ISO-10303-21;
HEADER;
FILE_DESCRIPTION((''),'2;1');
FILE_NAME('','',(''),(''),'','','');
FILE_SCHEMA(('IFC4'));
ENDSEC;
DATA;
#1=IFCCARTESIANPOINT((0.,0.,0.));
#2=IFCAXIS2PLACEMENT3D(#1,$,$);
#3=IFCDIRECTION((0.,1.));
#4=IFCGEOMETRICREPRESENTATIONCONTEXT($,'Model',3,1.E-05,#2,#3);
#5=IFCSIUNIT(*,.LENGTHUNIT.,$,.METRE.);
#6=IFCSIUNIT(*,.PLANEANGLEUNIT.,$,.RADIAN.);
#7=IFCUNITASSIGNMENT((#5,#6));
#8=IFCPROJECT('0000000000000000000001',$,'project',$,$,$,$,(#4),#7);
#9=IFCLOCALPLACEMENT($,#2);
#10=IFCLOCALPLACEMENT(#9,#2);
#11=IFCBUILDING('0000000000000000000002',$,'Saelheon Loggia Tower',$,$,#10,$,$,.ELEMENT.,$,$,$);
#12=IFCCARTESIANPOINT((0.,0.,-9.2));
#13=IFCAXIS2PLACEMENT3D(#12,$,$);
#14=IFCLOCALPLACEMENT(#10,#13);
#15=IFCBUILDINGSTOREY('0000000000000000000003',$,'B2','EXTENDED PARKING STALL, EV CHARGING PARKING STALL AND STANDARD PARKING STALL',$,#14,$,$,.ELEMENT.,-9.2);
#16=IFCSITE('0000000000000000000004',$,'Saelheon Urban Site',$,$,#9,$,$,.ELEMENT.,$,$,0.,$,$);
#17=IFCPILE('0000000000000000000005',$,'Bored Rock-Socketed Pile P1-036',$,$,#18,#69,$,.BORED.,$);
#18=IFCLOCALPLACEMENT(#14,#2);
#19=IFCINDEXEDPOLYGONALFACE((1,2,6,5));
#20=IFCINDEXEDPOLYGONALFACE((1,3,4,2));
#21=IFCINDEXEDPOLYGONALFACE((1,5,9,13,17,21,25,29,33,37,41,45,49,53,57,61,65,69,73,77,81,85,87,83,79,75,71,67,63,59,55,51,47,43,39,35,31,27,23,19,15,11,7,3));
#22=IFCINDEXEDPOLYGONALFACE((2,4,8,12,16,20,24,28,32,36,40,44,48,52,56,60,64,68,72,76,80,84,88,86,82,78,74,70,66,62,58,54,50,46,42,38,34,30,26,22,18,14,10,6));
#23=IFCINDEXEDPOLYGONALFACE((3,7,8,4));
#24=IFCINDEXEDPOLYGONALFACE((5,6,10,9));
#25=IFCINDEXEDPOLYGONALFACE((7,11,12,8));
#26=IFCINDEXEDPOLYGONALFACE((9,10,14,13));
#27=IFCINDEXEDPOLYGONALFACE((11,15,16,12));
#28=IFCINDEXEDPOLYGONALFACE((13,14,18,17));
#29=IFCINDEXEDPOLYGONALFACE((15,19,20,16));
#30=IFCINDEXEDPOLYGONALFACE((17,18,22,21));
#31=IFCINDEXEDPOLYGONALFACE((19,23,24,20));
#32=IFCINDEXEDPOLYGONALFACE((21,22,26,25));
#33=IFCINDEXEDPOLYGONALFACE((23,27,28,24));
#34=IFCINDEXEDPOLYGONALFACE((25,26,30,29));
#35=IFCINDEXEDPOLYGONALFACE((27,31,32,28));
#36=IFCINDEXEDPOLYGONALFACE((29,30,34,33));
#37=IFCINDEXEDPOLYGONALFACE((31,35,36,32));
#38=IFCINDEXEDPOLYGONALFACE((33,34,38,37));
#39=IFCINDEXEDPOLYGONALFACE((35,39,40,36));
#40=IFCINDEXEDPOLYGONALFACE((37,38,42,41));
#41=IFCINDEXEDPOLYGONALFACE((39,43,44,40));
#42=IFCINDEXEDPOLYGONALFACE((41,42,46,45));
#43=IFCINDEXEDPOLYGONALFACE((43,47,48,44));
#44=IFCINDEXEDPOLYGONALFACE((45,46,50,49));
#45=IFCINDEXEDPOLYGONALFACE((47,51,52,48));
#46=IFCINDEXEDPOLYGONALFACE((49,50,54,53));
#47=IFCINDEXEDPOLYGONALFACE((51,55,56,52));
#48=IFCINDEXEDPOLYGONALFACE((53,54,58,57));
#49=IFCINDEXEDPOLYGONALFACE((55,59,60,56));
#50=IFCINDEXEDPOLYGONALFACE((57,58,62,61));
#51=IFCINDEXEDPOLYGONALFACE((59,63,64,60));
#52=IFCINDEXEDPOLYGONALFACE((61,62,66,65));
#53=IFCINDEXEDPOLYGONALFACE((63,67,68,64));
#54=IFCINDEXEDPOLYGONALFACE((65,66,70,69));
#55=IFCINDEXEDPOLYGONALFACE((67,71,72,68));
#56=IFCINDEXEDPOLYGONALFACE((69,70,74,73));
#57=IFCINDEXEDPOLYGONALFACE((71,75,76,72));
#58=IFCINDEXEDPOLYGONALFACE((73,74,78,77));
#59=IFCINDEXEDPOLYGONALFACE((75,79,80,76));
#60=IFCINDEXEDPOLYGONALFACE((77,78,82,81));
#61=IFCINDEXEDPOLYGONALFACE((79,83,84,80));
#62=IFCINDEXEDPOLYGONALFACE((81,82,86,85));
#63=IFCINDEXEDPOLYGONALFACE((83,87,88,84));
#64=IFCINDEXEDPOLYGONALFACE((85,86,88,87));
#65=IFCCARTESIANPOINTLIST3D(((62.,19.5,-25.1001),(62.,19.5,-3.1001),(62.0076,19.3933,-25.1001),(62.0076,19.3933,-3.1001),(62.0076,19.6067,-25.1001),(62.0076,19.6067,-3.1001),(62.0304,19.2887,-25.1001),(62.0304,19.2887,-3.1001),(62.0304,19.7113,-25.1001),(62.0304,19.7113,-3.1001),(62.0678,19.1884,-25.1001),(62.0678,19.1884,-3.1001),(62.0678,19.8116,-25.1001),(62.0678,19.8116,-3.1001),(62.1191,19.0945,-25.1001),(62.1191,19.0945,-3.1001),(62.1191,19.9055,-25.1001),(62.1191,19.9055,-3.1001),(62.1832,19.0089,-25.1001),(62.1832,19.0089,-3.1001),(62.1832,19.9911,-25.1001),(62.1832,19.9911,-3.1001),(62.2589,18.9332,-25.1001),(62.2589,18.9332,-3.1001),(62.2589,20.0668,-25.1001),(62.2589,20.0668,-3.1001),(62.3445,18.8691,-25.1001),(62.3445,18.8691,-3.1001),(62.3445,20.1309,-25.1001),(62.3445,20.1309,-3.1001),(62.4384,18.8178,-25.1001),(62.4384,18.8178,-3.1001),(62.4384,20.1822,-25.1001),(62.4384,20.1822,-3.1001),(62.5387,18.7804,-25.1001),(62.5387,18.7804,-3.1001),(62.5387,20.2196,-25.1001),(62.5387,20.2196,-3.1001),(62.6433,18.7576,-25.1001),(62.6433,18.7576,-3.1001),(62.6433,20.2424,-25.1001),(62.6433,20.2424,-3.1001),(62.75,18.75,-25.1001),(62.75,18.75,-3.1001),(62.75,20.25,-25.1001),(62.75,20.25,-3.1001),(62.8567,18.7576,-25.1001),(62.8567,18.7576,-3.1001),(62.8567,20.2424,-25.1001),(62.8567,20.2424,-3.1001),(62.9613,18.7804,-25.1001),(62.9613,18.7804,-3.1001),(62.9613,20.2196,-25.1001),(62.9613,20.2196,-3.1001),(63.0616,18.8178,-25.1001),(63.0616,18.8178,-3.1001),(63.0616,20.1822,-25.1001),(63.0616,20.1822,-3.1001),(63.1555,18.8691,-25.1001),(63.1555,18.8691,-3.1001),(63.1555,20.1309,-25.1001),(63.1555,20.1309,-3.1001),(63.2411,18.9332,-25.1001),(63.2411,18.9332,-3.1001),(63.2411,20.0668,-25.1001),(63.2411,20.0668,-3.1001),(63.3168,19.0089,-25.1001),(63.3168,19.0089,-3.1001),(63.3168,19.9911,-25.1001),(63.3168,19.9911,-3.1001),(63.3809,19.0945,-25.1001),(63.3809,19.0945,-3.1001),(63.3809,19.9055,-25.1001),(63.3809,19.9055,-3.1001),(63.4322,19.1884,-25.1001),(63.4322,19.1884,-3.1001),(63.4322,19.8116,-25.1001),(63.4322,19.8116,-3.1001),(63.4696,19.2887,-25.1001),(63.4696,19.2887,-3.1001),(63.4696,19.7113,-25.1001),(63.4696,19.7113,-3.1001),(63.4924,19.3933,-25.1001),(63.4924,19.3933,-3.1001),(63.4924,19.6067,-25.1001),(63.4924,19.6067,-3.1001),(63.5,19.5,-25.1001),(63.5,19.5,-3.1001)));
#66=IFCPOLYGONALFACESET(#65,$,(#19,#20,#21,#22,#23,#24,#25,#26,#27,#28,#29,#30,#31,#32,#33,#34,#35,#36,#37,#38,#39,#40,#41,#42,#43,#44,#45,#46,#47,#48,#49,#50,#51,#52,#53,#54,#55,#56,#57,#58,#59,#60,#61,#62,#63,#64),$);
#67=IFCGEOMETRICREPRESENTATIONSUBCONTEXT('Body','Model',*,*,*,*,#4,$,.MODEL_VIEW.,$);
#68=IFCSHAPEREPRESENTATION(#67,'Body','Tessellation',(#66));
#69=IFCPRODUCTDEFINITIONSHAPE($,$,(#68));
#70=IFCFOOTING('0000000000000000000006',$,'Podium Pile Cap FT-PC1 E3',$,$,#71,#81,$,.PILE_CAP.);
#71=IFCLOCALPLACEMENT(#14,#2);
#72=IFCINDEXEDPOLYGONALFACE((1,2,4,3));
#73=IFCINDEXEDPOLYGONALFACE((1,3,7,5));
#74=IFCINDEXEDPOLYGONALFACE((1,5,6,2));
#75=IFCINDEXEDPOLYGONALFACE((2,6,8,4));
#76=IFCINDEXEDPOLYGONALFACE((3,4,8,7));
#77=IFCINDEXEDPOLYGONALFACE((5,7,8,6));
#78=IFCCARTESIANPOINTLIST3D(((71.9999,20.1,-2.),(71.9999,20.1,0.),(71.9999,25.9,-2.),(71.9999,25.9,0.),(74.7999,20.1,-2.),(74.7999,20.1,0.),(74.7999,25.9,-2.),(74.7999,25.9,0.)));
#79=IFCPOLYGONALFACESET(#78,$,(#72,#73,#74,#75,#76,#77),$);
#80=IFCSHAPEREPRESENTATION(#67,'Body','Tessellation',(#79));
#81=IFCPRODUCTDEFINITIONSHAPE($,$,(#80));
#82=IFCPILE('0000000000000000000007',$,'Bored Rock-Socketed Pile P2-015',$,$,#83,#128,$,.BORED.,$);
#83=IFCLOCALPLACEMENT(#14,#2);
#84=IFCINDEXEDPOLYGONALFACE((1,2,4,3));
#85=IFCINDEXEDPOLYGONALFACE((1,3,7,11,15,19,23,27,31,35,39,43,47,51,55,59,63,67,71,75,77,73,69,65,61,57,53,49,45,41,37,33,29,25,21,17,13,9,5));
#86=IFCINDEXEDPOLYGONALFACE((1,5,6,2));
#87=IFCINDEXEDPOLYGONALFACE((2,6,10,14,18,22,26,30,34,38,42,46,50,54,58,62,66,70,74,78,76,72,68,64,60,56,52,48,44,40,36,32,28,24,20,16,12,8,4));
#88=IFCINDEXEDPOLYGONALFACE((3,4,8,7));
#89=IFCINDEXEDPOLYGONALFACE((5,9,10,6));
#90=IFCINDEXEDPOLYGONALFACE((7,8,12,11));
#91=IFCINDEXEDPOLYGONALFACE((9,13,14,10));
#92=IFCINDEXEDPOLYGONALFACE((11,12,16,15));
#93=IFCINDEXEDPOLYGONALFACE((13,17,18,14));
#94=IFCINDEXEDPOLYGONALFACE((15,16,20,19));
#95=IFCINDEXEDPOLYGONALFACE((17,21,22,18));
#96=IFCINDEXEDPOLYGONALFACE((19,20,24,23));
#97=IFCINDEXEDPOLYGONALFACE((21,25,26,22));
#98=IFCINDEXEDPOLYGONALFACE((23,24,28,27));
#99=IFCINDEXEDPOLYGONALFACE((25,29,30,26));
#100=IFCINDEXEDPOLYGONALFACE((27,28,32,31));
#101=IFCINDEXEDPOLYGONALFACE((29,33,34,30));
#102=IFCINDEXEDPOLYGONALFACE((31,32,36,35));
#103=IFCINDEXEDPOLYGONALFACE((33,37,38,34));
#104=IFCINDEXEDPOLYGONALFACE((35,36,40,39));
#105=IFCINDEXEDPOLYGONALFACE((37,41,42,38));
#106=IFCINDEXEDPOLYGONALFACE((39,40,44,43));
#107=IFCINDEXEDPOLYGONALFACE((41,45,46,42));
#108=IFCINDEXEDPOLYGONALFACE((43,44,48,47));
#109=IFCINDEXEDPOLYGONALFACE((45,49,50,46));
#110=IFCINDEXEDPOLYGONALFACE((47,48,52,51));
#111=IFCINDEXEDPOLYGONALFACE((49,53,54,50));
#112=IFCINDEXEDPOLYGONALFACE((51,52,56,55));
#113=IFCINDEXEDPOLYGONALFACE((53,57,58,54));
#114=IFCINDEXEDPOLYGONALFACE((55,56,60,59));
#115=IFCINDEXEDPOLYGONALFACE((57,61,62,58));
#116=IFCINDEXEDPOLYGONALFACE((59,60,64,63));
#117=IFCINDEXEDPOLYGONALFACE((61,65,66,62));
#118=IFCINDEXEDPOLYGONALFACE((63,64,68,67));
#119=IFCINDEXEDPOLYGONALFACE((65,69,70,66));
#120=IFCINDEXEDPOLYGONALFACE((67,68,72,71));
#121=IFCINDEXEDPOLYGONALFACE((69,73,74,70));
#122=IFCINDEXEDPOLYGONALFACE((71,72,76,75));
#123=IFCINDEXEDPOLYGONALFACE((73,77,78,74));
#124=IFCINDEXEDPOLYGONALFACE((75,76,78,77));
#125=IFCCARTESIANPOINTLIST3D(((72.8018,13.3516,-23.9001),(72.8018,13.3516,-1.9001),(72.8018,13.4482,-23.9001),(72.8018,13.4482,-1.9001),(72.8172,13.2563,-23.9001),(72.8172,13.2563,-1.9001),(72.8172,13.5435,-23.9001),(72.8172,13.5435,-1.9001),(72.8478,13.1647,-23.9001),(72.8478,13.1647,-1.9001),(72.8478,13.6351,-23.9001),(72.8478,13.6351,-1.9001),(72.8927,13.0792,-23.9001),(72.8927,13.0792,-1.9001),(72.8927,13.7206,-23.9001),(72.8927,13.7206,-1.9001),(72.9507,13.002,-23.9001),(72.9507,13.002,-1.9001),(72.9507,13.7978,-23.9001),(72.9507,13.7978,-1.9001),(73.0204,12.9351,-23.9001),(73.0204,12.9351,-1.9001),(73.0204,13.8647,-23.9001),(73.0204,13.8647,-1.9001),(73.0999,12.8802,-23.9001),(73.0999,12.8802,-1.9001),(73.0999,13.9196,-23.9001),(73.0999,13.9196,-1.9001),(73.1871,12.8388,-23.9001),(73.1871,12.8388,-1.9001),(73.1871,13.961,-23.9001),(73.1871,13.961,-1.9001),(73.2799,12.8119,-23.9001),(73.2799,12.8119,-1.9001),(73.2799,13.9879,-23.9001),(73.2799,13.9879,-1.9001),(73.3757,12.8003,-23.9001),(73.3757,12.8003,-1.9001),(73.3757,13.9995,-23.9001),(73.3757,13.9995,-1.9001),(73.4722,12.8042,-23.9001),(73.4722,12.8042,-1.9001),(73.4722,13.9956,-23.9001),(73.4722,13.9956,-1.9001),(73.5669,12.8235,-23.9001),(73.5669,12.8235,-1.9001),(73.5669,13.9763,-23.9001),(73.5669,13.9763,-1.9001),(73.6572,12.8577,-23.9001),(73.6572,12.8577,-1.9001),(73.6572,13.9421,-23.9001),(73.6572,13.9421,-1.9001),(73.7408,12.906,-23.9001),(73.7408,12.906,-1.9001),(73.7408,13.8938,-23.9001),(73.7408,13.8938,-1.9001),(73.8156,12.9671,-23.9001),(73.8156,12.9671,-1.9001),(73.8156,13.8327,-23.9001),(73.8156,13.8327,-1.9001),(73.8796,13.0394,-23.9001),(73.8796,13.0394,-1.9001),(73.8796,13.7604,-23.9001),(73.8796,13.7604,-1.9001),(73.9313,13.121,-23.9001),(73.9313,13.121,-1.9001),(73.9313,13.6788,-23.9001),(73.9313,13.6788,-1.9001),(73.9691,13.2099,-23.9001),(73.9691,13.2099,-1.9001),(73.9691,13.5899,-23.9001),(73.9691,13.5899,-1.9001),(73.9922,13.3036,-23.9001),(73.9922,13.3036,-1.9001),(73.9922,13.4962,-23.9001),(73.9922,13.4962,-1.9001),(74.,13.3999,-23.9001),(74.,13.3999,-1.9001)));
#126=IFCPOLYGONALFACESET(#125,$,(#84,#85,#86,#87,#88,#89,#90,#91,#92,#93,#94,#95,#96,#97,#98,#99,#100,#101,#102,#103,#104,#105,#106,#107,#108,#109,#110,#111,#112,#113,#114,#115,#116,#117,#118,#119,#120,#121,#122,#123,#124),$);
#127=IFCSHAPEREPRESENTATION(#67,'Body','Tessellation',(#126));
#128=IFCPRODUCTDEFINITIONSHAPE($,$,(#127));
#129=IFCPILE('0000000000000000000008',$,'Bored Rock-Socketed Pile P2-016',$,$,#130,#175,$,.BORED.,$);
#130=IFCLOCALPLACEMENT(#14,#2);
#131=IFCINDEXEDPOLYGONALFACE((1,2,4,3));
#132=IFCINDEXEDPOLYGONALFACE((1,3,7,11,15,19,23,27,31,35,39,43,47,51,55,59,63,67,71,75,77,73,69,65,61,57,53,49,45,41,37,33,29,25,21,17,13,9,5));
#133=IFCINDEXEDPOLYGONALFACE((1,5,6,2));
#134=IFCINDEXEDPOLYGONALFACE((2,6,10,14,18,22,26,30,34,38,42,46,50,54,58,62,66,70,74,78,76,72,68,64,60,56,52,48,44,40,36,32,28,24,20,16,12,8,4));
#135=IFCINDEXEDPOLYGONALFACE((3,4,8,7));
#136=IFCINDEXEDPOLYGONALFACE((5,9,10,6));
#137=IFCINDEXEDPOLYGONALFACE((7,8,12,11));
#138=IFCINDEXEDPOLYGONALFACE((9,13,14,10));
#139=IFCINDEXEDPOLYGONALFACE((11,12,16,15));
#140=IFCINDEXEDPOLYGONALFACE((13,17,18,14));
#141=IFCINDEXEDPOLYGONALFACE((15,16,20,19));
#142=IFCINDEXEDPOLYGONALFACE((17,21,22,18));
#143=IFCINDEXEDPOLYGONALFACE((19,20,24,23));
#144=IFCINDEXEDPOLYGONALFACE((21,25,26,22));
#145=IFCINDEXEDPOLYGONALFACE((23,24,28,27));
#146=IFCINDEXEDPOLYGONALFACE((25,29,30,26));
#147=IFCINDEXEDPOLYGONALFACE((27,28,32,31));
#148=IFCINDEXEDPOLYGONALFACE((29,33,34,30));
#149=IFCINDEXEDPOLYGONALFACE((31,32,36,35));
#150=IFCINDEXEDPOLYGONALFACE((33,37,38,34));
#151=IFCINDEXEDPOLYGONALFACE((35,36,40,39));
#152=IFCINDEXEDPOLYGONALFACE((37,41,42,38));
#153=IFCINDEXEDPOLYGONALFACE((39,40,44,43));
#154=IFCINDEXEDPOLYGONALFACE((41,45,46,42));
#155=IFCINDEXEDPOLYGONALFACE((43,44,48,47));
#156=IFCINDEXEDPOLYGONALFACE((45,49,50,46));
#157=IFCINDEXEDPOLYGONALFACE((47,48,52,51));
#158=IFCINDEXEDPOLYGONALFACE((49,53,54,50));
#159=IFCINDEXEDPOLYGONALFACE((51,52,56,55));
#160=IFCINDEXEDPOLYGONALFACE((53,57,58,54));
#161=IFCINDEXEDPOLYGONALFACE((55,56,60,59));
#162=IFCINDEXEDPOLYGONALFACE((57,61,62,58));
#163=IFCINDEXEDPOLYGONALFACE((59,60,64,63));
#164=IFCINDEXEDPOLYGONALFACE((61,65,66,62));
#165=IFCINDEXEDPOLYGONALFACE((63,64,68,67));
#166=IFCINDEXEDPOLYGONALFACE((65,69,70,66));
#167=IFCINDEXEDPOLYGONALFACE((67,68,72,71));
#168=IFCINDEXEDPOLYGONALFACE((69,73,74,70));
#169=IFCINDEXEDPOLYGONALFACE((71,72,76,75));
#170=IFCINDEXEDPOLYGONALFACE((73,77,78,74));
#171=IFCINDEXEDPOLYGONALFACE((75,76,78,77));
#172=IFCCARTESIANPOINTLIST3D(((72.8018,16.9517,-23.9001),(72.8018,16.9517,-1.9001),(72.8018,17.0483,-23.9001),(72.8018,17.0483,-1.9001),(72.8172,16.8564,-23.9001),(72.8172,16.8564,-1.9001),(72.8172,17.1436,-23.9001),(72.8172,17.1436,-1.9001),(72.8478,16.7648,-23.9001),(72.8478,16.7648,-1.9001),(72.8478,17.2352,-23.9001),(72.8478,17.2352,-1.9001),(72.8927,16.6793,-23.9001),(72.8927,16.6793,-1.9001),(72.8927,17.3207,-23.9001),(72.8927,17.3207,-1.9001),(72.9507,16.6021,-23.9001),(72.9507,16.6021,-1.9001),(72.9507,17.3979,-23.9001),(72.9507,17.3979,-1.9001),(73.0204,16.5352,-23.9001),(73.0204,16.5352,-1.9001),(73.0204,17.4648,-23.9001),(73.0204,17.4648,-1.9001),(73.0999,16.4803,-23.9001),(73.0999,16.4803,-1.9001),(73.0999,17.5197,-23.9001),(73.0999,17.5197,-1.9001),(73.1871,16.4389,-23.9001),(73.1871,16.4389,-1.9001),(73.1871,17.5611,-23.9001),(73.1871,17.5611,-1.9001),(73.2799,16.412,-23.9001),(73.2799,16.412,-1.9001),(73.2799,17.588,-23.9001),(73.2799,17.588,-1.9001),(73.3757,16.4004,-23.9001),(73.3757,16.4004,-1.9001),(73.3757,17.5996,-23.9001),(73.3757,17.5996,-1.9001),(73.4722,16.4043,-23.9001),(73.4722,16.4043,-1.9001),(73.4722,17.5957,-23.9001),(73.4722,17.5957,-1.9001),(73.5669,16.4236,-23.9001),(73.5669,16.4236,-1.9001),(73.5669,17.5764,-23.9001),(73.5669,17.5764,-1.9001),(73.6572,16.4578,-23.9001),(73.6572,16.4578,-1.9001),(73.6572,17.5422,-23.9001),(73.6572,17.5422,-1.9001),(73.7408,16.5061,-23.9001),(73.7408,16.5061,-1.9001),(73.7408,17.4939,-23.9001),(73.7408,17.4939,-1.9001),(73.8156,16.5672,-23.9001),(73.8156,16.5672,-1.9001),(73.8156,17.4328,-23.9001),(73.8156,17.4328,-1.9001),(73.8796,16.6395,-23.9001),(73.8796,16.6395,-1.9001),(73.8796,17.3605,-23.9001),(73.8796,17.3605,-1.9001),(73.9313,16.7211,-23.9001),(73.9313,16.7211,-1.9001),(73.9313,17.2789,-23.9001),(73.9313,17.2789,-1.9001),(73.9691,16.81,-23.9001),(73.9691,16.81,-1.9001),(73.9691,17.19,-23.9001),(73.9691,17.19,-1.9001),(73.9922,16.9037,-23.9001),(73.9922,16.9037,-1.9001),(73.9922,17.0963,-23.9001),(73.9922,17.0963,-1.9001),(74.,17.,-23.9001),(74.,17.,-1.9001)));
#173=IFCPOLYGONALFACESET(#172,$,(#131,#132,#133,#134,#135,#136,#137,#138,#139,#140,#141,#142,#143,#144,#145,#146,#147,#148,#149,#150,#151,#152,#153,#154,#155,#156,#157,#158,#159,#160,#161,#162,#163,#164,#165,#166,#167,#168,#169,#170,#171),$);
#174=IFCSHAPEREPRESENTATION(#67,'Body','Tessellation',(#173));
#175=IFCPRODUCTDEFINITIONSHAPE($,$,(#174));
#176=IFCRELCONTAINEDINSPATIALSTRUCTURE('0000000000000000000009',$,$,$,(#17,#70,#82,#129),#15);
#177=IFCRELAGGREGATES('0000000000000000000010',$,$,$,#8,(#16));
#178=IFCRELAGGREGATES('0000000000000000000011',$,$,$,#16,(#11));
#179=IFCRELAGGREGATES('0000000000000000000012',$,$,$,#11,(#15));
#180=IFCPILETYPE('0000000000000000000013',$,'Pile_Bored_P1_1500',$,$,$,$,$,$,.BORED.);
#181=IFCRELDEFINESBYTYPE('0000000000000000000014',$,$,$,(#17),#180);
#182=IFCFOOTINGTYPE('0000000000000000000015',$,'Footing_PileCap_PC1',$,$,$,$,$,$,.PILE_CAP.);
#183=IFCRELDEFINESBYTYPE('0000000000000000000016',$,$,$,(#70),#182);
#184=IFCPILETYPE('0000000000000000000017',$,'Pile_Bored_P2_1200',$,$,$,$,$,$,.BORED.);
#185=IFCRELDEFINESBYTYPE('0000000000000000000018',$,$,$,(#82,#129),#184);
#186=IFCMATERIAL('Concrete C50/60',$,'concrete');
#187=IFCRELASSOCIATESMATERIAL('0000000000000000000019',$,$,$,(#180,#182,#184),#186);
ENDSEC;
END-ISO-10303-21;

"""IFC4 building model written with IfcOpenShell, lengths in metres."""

from ifc_helpers import new_model, si_unit, direction, frame, origin, origin_2d, place, context, subcontext, project, spatial, rectangle, circle, extrude, source, transform, mapped, material, material_profile, profile_set, type_object, element, save


model = new_model("IFC4")

# Units and contexts
model_context = context("Model", 3, precision=1e-05, world=origin(), true_north=direction((0.0, 1.0)))
body_context = subcontext(model_context, "Body", "Model", "MODEL_VIEW")
ifc_project = project(units=[si_unit("LENGTHUNIT", "METRE"), si_unit("PLANEANGLEUNIT", "RADIAN")], contexts=[model_context])

# Site, building, storey
site_placement = place(None, origin())
site = spatial("IfcSite", under=ifc_project, at=site_placement, Name="Saelheon Urban Site", CompositionType="ELEMENT", RefElevation=0.0)
building_placement = place(site_placement, origin())
building = spatial("IfcBuilding", under=site, at=building_placement, Name="Saelheon Loggia Tower", CompositionType="ELEMENT")
storey_placement = place(building_placement, frame((0.0, 0.0, -9.2)))
storey = spatial("IfcBuildingStorey", under=building, at=storey_placement, Name="B2", Description="EXTENDED PARKING STALL, EV CHARGING PARKING STALL AND STANDARD PARKING STALL", CompositionType="ELEMENT", Elevation=-9.2)

# Pile
ifc_material_1 = material(Name="Concrete C50/60", Category="concrete")
ifc_material_profile_1 = material_profile(ifc_material_1, circle(Radius=0.75, at=origin_2d()), Name="CIRC-1500")
ifc_profile_set_1 = profile_set([ifc_material_profile_1], Name="Concrete C50/60")
pile_type_1 = type_object("IfcPileType", Name="Pile_Bored_P1_1500", PredefinedType="BORED", material=ifc_profile_set_1)
shared_shape_1 = source(origin(), body_context, "Body", "SweptSolid", [
    extrude(circle(Radius=0.75, at=origin_2d()), origin(), (0.0, 0.0, 1.0), 22.0),
])
for number, where, z_axis, x_axis, name in (
    (1, (62.75, 19.5, -3.1001), (0.0, 0.0, -1.0), (1.0, 0.0, 0.0), "Bored Rock-Socketed Pile P1-036"),
):
    element("IfcPile", number, at=place(storey_placement, frame(where, z_axis=z_axis, x_axis=x_axis)), inside=storey, type_object=pile_type_1, Name=name, PredefinedType="BORED", context=body_context, shape_type="MappedRepresentation", body=[
        mapped(shared_shape_1, transform((0.0, 0.0, 0.0), scale=1.0)),
    ])

# Footing
footing_type_1 = type_object("IfcFootingType", Name="Footing_PileCap_PC1", PredefinedType="PILE_CAP", material=ifc_material_1)
shared_shape_2 = source(origin(), body_context, "Body", "SweptSolid", [
    extrude(rectangle(XDim=2.8, YDim=5.8, at=origin_2d()), origin(), (0.0, 0.0, 1.0), 2.0),
])
footing_1_placement = place(storey_placement, frame((73.3999, 23.0, -2.0), z_axis=(0.0, 0.0, 1.0), x_axis=(1.0, 0.0, 0.0)))
element("IfcFooting", 2, at=footing_1_placement, inside=storey, type_object=footing_type_1, Name="Podium Pile Cap FT-PC1 E3", PredefinedType="PILE_CAP", context=body_context, shape_type="MappedRepresentation", body=[
    mapped(shared_shape_2, transform((0.0, 0.0, 0.0), scale=1.0)),
])

# Piles
ifc_material_profile_2 = material_profile(ifc_material_1, circle(Radius=0.6001, at=origin_2d()), Name="CIRC-1200")
ifc_profile_set_2 = profile_set([ifc_material_profile_2], Name="Concrete C50/60")
pile_type_2 = type_object("IfcPileType", Name="Pile_Bored_P2_1200", PredefinedType="BORED", material=ifc_profile_set_2)
shared_shape_3 = source(origin(), body_context, "Body", "SweptSolid", [
    extrude(circle(Radius=0.6001, at=origin_2d()), origin(), (0.0, 0.0, 1.0), 22.0),
])
for number, where, z_axis, x_axis, name in (
    (3, (73.3999, 13.3999, -1.9001), (0.0, 0.0, -1.0), (1.0, 0.0, 0.0), "Bored Rock-Socketed Pile P2-015"),
    (4, (73.3999, 17.0, -1.9001), (0.0, 0.0, -1.0), (1.0, 0.0, 0.0), "Bored Rock-Socketed Pile P2-016"),
):
    element("IfcPile", number, at=place(storey_placement, frame(where, z_axis=z_axis, x_axis=x_axis)), inside=storey, type_object=pile_type_2, Name=name, PredefinedType="BORED", context=body_context, shape_type="MappedRepresentation", body=[
        mapped(shared_shape_3, transform((0.0, 0.0, 0.0), scale=1.0)),
    ])

save(model, "model.ifc")
